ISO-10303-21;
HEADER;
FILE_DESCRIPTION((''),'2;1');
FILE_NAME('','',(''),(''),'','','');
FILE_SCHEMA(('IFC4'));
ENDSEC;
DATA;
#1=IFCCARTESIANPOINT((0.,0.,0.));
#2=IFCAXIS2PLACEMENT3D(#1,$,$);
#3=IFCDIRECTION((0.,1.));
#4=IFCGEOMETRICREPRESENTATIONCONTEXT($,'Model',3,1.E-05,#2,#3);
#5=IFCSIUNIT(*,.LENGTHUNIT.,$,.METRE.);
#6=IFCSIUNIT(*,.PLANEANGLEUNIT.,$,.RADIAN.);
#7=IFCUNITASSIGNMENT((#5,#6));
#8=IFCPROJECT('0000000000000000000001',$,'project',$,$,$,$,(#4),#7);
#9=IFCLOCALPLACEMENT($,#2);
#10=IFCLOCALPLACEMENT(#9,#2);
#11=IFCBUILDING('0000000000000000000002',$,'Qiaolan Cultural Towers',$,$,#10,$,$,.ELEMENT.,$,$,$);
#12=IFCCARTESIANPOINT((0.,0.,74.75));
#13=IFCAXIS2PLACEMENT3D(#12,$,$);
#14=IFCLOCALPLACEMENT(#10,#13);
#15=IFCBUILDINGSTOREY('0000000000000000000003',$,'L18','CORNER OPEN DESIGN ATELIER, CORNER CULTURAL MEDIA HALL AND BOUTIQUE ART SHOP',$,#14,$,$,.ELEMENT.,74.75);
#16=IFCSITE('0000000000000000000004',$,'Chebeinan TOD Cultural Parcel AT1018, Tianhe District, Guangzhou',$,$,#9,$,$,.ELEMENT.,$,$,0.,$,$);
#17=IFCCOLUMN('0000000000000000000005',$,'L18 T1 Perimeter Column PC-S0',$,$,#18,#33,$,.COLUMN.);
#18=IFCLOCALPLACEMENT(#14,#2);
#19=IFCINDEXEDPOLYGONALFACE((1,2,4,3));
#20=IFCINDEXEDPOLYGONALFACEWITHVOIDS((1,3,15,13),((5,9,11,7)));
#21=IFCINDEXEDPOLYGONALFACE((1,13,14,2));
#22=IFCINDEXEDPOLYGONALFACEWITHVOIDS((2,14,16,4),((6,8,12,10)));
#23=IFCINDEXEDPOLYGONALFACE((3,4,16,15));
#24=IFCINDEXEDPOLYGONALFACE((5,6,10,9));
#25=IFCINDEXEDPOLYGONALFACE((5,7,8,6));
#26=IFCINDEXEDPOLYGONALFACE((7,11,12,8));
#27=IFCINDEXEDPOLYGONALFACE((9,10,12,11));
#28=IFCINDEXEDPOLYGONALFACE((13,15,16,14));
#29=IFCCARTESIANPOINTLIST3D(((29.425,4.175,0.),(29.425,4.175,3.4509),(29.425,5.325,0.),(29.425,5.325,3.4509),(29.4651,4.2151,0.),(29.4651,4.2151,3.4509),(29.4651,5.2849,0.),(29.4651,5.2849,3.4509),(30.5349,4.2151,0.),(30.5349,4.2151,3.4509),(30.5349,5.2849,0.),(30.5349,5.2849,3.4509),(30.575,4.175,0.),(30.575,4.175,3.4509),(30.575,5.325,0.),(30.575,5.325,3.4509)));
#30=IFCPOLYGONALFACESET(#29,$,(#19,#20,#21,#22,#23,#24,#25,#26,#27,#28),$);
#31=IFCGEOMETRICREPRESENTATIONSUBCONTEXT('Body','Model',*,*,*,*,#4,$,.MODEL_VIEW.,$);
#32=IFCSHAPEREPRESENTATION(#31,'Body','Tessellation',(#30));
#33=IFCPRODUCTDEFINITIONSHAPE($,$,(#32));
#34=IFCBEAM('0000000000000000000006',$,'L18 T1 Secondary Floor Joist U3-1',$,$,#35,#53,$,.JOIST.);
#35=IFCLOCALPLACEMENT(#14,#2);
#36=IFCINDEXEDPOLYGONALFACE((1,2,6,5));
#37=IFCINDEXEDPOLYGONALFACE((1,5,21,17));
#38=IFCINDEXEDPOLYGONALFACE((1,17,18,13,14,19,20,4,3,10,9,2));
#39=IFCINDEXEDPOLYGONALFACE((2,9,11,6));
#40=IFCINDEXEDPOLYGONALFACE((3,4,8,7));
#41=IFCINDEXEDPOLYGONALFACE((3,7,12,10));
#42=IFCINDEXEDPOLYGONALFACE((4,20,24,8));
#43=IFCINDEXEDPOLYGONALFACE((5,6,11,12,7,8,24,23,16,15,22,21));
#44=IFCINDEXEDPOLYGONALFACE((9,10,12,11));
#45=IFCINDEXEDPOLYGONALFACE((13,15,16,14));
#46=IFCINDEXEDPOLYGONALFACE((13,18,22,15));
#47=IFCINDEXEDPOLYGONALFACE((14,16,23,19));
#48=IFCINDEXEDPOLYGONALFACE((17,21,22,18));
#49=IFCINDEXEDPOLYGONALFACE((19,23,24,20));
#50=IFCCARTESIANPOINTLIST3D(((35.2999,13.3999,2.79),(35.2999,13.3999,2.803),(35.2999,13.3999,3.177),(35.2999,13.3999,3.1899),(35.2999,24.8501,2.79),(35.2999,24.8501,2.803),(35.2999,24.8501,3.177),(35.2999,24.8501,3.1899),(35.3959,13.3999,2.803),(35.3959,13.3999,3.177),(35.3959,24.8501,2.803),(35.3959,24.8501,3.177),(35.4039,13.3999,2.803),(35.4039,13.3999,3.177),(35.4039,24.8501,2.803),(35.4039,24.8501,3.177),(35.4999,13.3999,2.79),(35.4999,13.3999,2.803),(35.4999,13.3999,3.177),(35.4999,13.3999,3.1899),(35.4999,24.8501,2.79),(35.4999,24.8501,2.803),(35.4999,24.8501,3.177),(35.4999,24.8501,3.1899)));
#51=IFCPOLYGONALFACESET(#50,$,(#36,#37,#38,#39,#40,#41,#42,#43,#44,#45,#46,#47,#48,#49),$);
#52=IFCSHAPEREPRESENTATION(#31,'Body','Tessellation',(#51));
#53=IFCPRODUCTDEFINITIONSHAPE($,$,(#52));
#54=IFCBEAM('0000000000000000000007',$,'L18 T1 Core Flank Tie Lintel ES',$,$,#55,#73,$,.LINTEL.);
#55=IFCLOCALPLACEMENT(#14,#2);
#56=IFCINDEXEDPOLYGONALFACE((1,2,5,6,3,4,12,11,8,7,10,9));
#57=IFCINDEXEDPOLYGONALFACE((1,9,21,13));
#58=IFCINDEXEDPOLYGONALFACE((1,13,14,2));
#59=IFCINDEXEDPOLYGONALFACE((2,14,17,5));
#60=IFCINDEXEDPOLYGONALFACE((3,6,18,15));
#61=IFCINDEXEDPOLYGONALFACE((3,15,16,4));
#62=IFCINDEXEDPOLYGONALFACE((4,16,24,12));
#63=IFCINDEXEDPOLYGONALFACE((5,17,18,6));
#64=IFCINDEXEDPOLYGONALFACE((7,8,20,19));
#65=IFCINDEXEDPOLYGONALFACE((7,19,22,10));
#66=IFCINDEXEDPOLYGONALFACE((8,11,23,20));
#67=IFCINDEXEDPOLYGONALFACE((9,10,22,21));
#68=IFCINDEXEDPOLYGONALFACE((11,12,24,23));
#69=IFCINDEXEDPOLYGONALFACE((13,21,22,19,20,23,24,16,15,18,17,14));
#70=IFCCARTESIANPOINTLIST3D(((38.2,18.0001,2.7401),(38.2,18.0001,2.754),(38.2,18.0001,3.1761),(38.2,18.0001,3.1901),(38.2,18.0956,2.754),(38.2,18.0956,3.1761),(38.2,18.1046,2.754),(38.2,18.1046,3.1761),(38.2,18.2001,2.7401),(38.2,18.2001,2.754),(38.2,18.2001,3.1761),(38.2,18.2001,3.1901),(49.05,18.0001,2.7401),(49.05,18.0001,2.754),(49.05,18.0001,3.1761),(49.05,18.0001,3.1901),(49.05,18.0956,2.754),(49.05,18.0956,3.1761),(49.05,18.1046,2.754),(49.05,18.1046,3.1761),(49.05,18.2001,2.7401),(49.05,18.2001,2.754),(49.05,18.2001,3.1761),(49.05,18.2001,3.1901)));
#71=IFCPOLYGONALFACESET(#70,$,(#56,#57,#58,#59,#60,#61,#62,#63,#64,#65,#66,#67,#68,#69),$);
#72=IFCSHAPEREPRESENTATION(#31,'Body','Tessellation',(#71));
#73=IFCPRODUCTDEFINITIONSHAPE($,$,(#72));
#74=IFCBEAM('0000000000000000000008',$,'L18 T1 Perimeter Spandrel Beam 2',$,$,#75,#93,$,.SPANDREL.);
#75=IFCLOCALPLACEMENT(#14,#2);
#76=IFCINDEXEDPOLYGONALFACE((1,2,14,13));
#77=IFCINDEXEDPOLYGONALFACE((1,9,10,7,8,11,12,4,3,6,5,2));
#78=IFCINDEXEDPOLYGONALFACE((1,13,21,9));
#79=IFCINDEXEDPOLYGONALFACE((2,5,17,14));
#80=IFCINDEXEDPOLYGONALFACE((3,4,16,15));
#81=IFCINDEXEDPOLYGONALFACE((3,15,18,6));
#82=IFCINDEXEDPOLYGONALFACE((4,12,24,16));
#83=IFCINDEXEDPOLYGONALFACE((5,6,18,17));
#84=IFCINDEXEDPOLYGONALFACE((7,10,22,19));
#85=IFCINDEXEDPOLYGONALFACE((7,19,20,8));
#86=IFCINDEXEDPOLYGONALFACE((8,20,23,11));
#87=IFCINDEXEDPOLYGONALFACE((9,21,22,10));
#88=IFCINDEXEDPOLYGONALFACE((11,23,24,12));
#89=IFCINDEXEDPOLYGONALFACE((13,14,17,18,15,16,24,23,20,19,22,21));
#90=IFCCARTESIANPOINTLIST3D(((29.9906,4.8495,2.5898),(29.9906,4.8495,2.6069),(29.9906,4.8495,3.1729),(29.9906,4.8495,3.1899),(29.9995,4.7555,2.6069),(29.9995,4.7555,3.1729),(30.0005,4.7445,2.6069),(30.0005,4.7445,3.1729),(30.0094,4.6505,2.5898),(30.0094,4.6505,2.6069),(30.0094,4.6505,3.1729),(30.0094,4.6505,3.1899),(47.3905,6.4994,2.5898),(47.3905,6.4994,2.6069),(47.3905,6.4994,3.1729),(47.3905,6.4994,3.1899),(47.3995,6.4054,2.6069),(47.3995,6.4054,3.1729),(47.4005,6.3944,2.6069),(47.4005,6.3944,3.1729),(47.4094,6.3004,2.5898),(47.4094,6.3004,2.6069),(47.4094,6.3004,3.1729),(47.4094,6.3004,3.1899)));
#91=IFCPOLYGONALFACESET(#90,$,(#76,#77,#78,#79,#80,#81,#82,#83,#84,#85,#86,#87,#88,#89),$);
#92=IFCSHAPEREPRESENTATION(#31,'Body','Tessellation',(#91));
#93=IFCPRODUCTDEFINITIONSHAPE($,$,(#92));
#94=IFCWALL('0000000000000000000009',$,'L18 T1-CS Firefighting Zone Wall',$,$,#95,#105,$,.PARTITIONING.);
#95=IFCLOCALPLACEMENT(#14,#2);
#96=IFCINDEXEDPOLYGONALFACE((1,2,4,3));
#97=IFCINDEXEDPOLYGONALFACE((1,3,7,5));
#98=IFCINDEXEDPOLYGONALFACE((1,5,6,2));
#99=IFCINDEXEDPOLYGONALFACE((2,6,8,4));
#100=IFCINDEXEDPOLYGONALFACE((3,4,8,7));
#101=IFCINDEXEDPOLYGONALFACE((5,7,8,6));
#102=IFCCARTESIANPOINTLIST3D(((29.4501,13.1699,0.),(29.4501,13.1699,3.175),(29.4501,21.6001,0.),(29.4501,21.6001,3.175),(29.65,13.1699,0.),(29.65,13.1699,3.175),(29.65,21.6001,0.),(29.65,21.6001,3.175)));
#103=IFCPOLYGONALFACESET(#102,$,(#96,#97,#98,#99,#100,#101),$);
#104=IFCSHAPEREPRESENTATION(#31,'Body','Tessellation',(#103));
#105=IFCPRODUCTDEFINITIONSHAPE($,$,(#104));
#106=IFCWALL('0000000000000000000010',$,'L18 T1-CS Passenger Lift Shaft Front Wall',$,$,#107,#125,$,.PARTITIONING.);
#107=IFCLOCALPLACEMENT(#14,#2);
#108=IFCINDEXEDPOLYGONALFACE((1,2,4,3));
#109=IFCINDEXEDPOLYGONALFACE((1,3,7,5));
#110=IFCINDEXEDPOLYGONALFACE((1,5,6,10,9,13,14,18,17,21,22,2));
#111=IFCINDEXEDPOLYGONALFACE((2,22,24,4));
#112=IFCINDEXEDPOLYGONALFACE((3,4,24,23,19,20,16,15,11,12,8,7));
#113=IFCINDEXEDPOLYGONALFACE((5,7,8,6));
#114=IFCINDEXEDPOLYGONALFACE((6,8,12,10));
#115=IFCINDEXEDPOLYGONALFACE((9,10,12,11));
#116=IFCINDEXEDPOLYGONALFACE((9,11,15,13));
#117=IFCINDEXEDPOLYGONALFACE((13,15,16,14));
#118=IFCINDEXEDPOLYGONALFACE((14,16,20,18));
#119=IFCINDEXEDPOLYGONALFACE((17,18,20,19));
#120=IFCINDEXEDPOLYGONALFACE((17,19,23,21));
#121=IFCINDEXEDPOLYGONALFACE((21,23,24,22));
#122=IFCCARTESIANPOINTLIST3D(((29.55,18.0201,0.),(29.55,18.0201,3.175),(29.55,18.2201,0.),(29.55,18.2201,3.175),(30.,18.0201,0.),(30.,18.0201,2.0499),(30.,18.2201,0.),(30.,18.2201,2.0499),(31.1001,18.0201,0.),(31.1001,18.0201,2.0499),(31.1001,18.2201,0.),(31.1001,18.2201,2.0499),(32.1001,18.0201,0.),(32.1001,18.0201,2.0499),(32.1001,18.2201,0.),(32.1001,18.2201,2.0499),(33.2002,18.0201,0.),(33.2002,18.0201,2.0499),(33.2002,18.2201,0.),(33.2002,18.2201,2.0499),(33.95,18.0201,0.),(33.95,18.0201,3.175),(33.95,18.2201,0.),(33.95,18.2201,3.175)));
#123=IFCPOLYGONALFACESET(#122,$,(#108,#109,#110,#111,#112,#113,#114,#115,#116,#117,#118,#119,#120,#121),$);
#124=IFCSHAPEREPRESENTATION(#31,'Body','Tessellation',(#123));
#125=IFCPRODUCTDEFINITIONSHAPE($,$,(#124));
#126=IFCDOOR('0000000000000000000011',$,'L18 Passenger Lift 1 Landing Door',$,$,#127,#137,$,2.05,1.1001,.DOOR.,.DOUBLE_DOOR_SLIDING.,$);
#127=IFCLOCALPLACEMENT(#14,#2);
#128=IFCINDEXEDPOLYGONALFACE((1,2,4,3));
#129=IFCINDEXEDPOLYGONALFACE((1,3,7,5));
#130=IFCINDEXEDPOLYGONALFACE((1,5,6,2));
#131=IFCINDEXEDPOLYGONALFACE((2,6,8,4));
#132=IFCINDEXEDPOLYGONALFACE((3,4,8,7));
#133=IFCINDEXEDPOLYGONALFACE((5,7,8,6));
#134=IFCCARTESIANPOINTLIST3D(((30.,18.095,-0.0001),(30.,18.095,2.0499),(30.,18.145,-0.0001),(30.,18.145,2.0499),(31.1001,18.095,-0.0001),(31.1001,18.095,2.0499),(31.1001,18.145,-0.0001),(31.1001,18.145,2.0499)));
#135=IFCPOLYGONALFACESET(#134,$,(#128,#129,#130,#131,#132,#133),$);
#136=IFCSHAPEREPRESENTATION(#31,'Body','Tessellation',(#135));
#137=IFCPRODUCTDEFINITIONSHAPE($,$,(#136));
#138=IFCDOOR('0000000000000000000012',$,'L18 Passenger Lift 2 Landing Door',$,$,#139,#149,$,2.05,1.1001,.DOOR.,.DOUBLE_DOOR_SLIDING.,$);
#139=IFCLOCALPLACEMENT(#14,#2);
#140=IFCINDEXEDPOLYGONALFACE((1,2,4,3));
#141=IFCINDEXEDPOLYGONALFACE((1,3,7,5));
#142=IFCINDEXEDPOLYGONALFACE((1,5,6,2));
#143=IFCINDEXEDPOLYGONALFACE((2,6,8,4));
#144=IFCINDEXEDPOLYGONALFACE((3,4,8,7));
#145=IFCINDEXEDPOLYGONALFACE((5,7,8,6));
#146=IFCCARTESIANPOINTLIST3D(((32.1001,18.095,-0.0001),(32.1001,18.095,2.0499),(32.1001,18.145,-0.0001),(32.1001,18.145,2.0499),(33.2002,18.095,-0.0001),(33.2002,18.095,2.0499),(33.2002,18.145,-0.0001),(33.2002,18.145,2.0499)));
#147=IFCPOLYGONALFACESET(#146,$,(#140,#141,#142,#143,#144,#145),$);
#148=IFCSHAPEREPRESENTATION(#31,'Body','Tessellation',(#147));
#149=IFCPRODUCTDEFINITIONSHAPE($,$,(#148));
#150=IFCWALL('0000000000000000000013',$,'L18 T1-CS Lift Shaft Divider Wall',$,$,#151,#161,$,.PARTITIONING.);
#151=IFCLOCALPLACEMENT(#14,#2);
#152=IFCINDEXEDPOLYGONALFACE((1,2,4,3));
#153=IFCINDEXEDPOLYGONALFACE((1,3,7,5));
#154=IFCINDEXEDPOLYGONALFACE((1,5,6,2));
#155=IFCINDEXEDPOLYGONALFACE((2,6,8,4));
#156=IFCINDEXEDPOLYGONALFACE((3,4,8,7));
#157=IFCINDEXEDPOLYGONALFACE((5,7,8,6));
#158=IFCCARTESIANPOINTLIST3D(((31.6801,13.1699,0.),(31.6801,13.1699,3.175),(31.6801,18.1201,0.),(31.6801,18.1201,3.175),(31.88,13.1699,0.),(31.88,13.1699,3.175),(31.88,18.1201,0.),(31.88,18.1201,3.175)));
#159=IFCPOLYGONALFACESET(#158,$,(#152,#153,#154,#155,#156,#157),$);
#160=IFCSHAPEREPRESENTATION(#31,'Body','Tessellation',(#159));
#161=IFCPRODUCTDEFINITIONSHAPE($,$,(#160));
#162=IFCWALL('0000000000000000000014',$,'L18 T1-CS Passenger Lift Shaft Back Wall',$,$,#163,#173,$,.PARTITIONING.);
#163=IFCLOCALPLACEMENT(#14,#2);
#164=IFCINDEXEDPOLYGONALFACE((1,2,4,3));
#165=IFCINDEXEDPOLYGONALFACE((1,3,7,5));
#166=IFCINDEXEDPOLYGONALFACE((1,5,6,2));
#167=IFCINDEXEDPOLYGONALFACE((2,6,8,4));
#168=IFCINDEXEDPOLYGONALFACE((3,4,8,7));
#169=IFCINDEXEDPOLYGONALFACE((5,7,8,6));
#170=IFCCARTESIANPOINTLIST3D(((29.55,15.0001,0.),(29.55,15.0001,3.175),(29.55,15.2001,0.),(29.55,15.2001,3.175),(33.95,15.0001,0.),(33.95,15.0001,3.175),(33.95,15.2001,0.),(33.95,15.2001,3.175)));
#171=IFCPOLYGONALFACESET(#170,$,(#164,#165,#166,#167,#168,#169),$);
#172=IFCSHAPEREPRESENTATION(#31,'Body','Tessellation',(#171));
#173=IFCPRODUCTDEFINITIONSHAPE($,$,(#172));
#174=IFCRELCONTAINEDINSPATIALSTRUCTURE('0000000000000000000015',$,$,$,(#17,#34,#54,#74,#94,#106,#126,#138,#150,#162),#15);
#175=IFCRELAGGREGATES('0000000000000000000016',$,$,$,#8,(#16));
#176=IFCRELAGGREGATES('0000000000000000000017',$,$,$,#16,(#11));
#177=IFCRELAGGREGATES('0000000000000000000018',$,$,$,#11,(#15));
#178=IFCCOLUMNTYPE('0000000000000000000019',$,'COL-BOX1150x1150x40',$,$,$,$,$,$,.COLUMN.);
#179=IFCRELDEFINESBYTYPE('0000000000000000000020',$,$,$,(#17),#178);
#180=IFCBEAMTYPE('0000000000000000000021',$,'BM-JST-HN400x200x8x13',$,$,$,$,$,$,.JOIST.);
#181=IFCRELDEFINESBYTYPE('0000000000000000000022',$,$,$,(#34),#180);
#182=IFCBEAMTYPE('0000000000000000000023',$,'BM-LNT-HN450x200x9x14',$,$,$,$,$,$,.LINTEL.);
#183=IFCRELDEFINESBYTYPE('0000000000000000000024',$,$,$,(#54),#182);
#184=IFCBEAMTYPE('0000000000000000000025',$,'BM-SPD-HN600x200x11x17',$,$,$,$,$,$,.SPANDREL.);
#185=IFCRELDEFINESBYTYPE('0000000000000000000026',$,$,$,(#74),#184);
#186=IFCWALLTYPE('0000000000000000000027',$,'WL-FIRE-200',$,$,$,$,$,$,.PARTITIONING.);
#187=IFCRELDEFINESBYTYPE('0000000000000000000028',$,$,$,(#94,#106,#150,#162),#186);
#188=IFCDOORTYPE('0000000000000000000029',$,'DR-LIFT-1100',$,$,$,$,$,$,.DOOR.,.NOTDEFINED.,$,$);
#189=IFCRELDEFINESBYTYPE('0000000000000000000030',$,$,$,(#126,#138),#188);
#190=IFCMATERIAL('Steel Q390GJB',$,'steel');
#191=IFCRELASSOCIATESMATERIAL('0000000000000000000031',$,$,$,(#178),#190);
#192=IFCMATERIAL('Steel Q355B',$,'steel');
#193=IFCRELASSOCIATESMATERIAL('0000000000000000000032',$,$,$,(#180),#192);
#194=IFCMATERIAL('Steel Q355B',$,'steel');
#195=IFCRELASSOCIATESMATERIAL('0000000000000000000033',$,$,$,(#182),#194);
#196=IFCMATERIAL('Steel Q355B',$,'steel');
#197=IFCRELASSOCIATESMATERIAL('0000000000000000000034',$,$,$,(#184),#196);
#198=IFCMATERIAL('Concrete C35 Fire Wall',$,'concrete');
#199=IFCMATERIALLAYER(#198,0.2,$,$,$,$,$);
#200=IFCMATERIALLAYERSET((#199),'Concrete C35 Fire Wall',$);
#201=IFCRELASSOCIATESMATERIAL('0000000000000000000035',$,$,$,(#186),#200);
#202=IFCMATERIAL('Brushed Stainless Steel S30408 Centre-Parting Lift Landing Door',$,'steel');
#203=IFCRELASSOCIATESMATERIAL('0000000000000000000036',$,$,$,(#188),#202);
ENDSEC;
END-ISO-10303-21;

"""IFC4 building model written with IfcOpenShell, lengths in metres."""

from ifc_helpers import new_model, si_unit, direction, frame, frame_2d, origin, origin_2d, place, context, subcontext, project, spatial, rectangle, hollow_rectangle, i_section, extrude, material, layer, layer_set, material_profile, profile_set, type_object, element, fill, save


model = new_model("IFC4")

# Units and contexts
model_context = context("Model", 3, precision=1e-05, world=origin(), true_north=direction((0.0, 1.0)))
body_context = subcontext(model_context, "Body", "Model", "MODEL_VIEW")
ifc_project = project(units=[si_unit("LENGTHUNIT", "METRE"), si_unit("PLANEANGLEUNIT", "RADIAN")], contexts=[model_context])

# Site, building, storey
site_placement = place(None, origin())
site = spatial("IfcSite", under=ifc_project, at=site_placement, Name="Chebeinan TOD Cultural Parcel AT1018, Tianhe District, Guangzhou", CompositionType="ELEMENT", RefElevation=0.0)
building_placement = place(site_placement, origin())
building = spatial("IfcBuilding", under=site, at=building_placement, Name="Qiaolan Cultural Towers", CompositionType="ELEMENT")
storey_placement = place(building_placement, frame((0.0, 0.0, 74.75)))
storey = spatial("IfcBuildingStorey", under=building, at=storey_placement, Name="L18", Description="CORNER OPEN DESIGN ATELIER, CORNER CULTURAL MEDIA HALL AND BOUTIQUE ART SHOP", CompositionType="ELEMENT", Elevation=74.75)

# Column
ifc_material_1 = material(Name="Steel Q390GJB", Category="steel")
ifc_material_profile_1 = material_profile(ifc_material_1, hollow_rectangle(XDim=1.1499, YDim=1.1499, WallThickness=0.04, at=origin_2d()), Name="BOX1150x1150x40")
ifc_profile_set_1 = profile_set([ifc_material_profile_1], Name="Steel Q390GJB")
column_type = type_object("IfcColumnType", Name="COL-BOX1150x1150x40", PredefinedType="COLUMN", material=ifc_profile_set_1)
column_placement = place(storey_placement, frame((30.0, 4.75, 0.0), z_axis=(0.0, 0.0, 1.0), x_axis=(1.0, 0.0, 0.0)))
element("IfcColumn", 1, at=column_placement, inside=storey, type_object=column_type, Name="L18 T1 Perimeter Column PC-S0", PredefinedType="COLUMN", context=body_context, shape_type="SweptSolid", body=[
    extrude(hollow_rectangle(XDim=1.1499, YDim=1.1499, WallThickness=0.04, at=origin_2d()), origin(), (0.0, 0.0, 1.0), 3.4509),
])

# Beams
ifc_material_2 = material(Name="Steel Q355B", Category="steel")
ifc_material_profile_2 = material_profile(ifc_material_2, i_section(OverallWidth=0.2, OverallDepth=0.3999, WebThickness=0.0081, FlangeThickness=0.0129, at=origin_2d()), Name="HN400x200x8x13")
ifc_profile_set_2 = profile_set([ifc_material_profile_2], Name="Steel Q355B")
beam_type_1 = type_object("IfcBeamType", Name="BM-JST-HN400x200x8x13", PredefinedType="JOIST", material=ifc_profile_set_2)
beam_1_placement = place(storey_placement, frame((35.3999, 13.3999, 2.99), z_axis=(0.0, 1.0, 0.0), x_axis=(-1.0, 0.0, 0.0)))
element("IfcBeam", 2, at=beam_1_placement, inside=storey, type_object=beam_type_1, Name="L18 T1 Secondary Floor Joist U3-1", PredefinedType="JOIST", context=body_context, shape_type="SweptSolid", body=[
    extrude(i_section(OverallWidth=0.2, OverallDepth=0.3999, WebThickness=0.0081, FlangeThickness=0.0129, at=origin_2d()), origin(), (0.0, 0.0, 1.0), 11.4502),
])
ifc_material_3 = material(Name="Steel Q355B", Category="steel")
ifc_material_profile_3 = material_profile(ifc_material_3, i_section(OverallWidth=0.2, OverallDepth=0.45, WebThickness=0.009, FlangeThickness=0.0139, at=origin_2d()), Name="HN450x200x9x14")
ifc_profile_set_3 = profile_set([ifc_material_profile_3], Name="Steel Q355B")
beam_type_2 = type_object("IfcBeamType", Name="BM-LNT-HN450x200x9x14", PredefinedType="LINTEL", material=ifc_profile_set_3)
beam_2_placement = place(storey_placement, frame((38.2, 18.1001, 2.9651), z_axis=(1.0, 0.0, 0.0), x_axis=(0.0, 1.0, 0.0)))
element("IfcBeam", 3, at=beam_2_placement, inside=storey, type_object=beam_type_2, Name="L18 T1 Core Flank Tie Lintel ES", PredefinedType="LINTEL", context=body_context, shape_type="SweptSolid", body=[
    extrude(i_section(OverallWidth=0.2, OverallDepth=0.45, WebThickness=0.009, FlangeThickness=0.0139, at=origin_2d()), origin(), (0.0, 0.0, 1.0), 10.8501),
])
ifc_material_4 = material(Name="Steel Q355B", Category="steel")
ifc_material_profile_4 = material_profile(ifc_material_4, i_section(OverallWidth=0.2, OverallDepth=0.6001, WebThickness=0.011, FlangeThickness=0.0171, at=origin_2d()), Name="HN600x200x11x17")
ifc_profile_set_4 = profile_set([ifc_material_profile_4], Name="Steel Q355B")
beam_type_3 = type_object("IfcBeamType", Name="BM-SPD-HN600x200x11x17", PredefinedType="SPANDREL", material=ifc_profile_set_4)
beam_3_placement = place(storey_placement, frame((30.0, 4.75, 2.8899), z_axis=(0.995534, 0.094399, 0.0), x_axis=(-0.094399, 0.995534, 0.0)))
element("IfcBeam", 4, at=beam_3_placement, inside=storey, type_object=beam_type_3, Name="L18 T1 Perimeter Spandrel Beam 2", PredefinedType="SPANDREL", context=body_context, shape_type="SweptSolid", body=[
    extrude(i_section(OverallWidth=0.2, OverallDepth=0.6001, WebThickness=0.011, FlangeThickness=0.0171, at=origin_2d()), origin(), (0.0, 0.0, 1.0), 17.478),
])

# Wall
ifc_material_5 = material(Name="Concrete C35 Fire Wall", Category="concrete")
ifc_layer_1 = layer(ifc_material_5, 0.2)
ifc_layer_set_1 = layer_set([ifc_layer_1], Name="Concrete C35 Fire Wall")
wall_type_1 = type_object("IfcWallType", Name="WL-FIRE-200", PredefinedType="PARTITIONING", material=ifc_layer_set_1)
wall_1_placement = place(storey_placement, frame((29.55, 21.6001, 0.0), z_axis=(0.0, 0.0, 1.0), x_axis=(0.0, -1.0, 0.0)))
element("IfcWall", 5, at=wall_1_placement, inside=storey, type_object=wall_type_1, Name="L18 T1-CS Firefighting Zone Wall", PredefinedType="PARTITIONING", context=body_context, shape_type="SweptSolid", body=[
    extrude(rectangle(XDim=8.4302, YDim=0.2, at=frame_2d((4.2151, 0.0))), origin(), (0.0, 0.0, 1.0), 3.175),
])

# Wall, openings, doors
wall_2_placement = place(storey_placement, frame((29.55, 18.1201, 0.0), z_axis=(0.0, 0.0, 1.0), x_axis=(1.0, 0.0, 0.0)))
wall_2 = element("IfcWall", 6, at=wall_2_placement, inside=storey, type_object=wall_type_1, Name="L18 T1-CS Passenger Lift Shaft Front Wall", PredefinedType="PARTITIONING", context=body_context, shape_type="SweptSolid", body=[
    extrude(rectangle(XDim=4.3999, YDim=0.2, at=frame_2d((2.2, 0.0))), origin(), (0.0, 0.0, 1.0), 3.175),
])
opening_1_placement = place(wall_2_placement, frame((0.45, 0.0, 0.0)))
opening_1 = element("IfcOpeningElement", 7, at=opening_1_placement, cuts=wall_2, PredefinedType="OPENING", context=body_context, shape_type="SweptSolid", body=[
    extrude(rectangle(XDim=1.1001, YDim=2.05, at=frame_2d((0.55, 1.0249))), frame((0.0, 0.1099, 0.0), z_axis=(0.0, -1.0, 0.0), x_axis=(1.0, 0.0, 0.0)), (0.0, 0.0, 1.0), 0.22),
])
opening_2_placement = place(wall_2_placement, frame((2.55, 0.0, 0.0)))
opening_2 = element("IfcOpeningElement", 8, at=opening_2_placement, cuts=wall_2, PredefinedType="OPENING", context=body_context, shape_type="SweptSolid", body=[
    extrude(rectangle(XDim=1.1001, YDim=2.05, at=frame_2d((0.55, 1.0249))), frame((0.0, 0.1099, 0.0), z_axis=(0.0, -1.0, 0.0), x_axis=(1.0, 0.0, 0.0)), (0.0, 0.0, 1.0), 0.22),
])
ifc_material_6 = material(Name="Brushed Stainless Steel S30408 Centre-Parting Lift Landing Door", Category="steel")
door_type_1 = type_object("IfcDoorType", Name="DR-LIFT-1100", OperationType="NOTDEFINED", PredefinedType="DOOR", material=ifc_material_6)
door_1_placement = place(opening_1_placement, origin())
door_1 = element("IfcDoor", 9, at=door_1_placement, inside=storey, type_object=door_type_1, Name="L18 Passenger Lift 1 Landing Door", OperationType="DOUBLE_DOOR_SLIDING", OverallHeight=2.05, OverallWidth=1.1001, PredefinedType="DOOR", context=body_context, shape_type="SweptSolid", body=[
    extrude(rectangle(XDim=1.1001, YDim=2.05, at=frame_2d((0.55, 1.0249))), frame((0.0, 0.0249, 0.0), z_axis=(0.0, -1.0, 0.0), x_axis=(1.0, 0.0, 0.0)), (0.0, 0.0, 1.0), 0.05),
])
fill(opening_1, door_1)
door_2_placement = place(opening_2_placement, origin())
door_2 = element("IfcDoor", 10, at=door_2_placement, inside=storey, type_object=door_type_1, Name="L18 Passenger Lift 2 Landing Door", OperationType="DOUBLE_DOOR_SLIDING", OverallHeight=2.05, OverallWidth=1.1001, PredefinedType="DOOR", context=body_context, shape_type="SweptSolid", body=[
    extrude(rectangle(XDim=1.1001, YDim=2.05, at=frame_2d((0.55, 1.0249))), frame((0.0, 0.0249, 0.0), z_axis=(0.0, -1.0, 0.0), x_axis=(1.0, 0.0, 0.0)), (0.0, 0.0, 1.0), 0.05),
])
fill(opening_2, door_2)

# Walls
wall_3_placement = place(storey_placement, frame((31.78, 18.1201, 0.0), z_axis=(0.0, 0.0, 1.0), x_axis=(0.0, -1.0, 0.0)))
element("IfcWall", 11, at=wall_3_placement, inside=storey, type_object=wall_type_1, Name="L18 T1-CS Lift Shaft Divider Wall", PredefinedType="PARTITIONING", context=body_context, shape_type="SweptSolid", body=[
    extrude(rectangle(XDim=4.9502, YDim=0.2, at=frame_2d((2.4751, 0.0))), origin(), (0.0, 0.0, 1.0), 3.175),
])
wall_4_placement = place(storey_placement, frame((29.55, 15.1001, 0.0), z_axis=(0.0, 0.0, 1.0), x_axis=(1.0, 0.0, 0.0)))
element("IfcWall", 12, at=wall_4_placement, inside=storey, type_object=wall_type_1, Name="L18 T1-CS Passenger Lift Shaft Back Wall", PredefinedType="PARTITIONING", context=body_context, shape_type="SweptSolid", body=[
    extrude(rectangle(XDim=4.3999, YDim=0.2, at=frame_2d((2.2, 0.0))), origin(), (0.0, 0.0, 1.0), 3.175),
])

save(model, "model.ifc")
